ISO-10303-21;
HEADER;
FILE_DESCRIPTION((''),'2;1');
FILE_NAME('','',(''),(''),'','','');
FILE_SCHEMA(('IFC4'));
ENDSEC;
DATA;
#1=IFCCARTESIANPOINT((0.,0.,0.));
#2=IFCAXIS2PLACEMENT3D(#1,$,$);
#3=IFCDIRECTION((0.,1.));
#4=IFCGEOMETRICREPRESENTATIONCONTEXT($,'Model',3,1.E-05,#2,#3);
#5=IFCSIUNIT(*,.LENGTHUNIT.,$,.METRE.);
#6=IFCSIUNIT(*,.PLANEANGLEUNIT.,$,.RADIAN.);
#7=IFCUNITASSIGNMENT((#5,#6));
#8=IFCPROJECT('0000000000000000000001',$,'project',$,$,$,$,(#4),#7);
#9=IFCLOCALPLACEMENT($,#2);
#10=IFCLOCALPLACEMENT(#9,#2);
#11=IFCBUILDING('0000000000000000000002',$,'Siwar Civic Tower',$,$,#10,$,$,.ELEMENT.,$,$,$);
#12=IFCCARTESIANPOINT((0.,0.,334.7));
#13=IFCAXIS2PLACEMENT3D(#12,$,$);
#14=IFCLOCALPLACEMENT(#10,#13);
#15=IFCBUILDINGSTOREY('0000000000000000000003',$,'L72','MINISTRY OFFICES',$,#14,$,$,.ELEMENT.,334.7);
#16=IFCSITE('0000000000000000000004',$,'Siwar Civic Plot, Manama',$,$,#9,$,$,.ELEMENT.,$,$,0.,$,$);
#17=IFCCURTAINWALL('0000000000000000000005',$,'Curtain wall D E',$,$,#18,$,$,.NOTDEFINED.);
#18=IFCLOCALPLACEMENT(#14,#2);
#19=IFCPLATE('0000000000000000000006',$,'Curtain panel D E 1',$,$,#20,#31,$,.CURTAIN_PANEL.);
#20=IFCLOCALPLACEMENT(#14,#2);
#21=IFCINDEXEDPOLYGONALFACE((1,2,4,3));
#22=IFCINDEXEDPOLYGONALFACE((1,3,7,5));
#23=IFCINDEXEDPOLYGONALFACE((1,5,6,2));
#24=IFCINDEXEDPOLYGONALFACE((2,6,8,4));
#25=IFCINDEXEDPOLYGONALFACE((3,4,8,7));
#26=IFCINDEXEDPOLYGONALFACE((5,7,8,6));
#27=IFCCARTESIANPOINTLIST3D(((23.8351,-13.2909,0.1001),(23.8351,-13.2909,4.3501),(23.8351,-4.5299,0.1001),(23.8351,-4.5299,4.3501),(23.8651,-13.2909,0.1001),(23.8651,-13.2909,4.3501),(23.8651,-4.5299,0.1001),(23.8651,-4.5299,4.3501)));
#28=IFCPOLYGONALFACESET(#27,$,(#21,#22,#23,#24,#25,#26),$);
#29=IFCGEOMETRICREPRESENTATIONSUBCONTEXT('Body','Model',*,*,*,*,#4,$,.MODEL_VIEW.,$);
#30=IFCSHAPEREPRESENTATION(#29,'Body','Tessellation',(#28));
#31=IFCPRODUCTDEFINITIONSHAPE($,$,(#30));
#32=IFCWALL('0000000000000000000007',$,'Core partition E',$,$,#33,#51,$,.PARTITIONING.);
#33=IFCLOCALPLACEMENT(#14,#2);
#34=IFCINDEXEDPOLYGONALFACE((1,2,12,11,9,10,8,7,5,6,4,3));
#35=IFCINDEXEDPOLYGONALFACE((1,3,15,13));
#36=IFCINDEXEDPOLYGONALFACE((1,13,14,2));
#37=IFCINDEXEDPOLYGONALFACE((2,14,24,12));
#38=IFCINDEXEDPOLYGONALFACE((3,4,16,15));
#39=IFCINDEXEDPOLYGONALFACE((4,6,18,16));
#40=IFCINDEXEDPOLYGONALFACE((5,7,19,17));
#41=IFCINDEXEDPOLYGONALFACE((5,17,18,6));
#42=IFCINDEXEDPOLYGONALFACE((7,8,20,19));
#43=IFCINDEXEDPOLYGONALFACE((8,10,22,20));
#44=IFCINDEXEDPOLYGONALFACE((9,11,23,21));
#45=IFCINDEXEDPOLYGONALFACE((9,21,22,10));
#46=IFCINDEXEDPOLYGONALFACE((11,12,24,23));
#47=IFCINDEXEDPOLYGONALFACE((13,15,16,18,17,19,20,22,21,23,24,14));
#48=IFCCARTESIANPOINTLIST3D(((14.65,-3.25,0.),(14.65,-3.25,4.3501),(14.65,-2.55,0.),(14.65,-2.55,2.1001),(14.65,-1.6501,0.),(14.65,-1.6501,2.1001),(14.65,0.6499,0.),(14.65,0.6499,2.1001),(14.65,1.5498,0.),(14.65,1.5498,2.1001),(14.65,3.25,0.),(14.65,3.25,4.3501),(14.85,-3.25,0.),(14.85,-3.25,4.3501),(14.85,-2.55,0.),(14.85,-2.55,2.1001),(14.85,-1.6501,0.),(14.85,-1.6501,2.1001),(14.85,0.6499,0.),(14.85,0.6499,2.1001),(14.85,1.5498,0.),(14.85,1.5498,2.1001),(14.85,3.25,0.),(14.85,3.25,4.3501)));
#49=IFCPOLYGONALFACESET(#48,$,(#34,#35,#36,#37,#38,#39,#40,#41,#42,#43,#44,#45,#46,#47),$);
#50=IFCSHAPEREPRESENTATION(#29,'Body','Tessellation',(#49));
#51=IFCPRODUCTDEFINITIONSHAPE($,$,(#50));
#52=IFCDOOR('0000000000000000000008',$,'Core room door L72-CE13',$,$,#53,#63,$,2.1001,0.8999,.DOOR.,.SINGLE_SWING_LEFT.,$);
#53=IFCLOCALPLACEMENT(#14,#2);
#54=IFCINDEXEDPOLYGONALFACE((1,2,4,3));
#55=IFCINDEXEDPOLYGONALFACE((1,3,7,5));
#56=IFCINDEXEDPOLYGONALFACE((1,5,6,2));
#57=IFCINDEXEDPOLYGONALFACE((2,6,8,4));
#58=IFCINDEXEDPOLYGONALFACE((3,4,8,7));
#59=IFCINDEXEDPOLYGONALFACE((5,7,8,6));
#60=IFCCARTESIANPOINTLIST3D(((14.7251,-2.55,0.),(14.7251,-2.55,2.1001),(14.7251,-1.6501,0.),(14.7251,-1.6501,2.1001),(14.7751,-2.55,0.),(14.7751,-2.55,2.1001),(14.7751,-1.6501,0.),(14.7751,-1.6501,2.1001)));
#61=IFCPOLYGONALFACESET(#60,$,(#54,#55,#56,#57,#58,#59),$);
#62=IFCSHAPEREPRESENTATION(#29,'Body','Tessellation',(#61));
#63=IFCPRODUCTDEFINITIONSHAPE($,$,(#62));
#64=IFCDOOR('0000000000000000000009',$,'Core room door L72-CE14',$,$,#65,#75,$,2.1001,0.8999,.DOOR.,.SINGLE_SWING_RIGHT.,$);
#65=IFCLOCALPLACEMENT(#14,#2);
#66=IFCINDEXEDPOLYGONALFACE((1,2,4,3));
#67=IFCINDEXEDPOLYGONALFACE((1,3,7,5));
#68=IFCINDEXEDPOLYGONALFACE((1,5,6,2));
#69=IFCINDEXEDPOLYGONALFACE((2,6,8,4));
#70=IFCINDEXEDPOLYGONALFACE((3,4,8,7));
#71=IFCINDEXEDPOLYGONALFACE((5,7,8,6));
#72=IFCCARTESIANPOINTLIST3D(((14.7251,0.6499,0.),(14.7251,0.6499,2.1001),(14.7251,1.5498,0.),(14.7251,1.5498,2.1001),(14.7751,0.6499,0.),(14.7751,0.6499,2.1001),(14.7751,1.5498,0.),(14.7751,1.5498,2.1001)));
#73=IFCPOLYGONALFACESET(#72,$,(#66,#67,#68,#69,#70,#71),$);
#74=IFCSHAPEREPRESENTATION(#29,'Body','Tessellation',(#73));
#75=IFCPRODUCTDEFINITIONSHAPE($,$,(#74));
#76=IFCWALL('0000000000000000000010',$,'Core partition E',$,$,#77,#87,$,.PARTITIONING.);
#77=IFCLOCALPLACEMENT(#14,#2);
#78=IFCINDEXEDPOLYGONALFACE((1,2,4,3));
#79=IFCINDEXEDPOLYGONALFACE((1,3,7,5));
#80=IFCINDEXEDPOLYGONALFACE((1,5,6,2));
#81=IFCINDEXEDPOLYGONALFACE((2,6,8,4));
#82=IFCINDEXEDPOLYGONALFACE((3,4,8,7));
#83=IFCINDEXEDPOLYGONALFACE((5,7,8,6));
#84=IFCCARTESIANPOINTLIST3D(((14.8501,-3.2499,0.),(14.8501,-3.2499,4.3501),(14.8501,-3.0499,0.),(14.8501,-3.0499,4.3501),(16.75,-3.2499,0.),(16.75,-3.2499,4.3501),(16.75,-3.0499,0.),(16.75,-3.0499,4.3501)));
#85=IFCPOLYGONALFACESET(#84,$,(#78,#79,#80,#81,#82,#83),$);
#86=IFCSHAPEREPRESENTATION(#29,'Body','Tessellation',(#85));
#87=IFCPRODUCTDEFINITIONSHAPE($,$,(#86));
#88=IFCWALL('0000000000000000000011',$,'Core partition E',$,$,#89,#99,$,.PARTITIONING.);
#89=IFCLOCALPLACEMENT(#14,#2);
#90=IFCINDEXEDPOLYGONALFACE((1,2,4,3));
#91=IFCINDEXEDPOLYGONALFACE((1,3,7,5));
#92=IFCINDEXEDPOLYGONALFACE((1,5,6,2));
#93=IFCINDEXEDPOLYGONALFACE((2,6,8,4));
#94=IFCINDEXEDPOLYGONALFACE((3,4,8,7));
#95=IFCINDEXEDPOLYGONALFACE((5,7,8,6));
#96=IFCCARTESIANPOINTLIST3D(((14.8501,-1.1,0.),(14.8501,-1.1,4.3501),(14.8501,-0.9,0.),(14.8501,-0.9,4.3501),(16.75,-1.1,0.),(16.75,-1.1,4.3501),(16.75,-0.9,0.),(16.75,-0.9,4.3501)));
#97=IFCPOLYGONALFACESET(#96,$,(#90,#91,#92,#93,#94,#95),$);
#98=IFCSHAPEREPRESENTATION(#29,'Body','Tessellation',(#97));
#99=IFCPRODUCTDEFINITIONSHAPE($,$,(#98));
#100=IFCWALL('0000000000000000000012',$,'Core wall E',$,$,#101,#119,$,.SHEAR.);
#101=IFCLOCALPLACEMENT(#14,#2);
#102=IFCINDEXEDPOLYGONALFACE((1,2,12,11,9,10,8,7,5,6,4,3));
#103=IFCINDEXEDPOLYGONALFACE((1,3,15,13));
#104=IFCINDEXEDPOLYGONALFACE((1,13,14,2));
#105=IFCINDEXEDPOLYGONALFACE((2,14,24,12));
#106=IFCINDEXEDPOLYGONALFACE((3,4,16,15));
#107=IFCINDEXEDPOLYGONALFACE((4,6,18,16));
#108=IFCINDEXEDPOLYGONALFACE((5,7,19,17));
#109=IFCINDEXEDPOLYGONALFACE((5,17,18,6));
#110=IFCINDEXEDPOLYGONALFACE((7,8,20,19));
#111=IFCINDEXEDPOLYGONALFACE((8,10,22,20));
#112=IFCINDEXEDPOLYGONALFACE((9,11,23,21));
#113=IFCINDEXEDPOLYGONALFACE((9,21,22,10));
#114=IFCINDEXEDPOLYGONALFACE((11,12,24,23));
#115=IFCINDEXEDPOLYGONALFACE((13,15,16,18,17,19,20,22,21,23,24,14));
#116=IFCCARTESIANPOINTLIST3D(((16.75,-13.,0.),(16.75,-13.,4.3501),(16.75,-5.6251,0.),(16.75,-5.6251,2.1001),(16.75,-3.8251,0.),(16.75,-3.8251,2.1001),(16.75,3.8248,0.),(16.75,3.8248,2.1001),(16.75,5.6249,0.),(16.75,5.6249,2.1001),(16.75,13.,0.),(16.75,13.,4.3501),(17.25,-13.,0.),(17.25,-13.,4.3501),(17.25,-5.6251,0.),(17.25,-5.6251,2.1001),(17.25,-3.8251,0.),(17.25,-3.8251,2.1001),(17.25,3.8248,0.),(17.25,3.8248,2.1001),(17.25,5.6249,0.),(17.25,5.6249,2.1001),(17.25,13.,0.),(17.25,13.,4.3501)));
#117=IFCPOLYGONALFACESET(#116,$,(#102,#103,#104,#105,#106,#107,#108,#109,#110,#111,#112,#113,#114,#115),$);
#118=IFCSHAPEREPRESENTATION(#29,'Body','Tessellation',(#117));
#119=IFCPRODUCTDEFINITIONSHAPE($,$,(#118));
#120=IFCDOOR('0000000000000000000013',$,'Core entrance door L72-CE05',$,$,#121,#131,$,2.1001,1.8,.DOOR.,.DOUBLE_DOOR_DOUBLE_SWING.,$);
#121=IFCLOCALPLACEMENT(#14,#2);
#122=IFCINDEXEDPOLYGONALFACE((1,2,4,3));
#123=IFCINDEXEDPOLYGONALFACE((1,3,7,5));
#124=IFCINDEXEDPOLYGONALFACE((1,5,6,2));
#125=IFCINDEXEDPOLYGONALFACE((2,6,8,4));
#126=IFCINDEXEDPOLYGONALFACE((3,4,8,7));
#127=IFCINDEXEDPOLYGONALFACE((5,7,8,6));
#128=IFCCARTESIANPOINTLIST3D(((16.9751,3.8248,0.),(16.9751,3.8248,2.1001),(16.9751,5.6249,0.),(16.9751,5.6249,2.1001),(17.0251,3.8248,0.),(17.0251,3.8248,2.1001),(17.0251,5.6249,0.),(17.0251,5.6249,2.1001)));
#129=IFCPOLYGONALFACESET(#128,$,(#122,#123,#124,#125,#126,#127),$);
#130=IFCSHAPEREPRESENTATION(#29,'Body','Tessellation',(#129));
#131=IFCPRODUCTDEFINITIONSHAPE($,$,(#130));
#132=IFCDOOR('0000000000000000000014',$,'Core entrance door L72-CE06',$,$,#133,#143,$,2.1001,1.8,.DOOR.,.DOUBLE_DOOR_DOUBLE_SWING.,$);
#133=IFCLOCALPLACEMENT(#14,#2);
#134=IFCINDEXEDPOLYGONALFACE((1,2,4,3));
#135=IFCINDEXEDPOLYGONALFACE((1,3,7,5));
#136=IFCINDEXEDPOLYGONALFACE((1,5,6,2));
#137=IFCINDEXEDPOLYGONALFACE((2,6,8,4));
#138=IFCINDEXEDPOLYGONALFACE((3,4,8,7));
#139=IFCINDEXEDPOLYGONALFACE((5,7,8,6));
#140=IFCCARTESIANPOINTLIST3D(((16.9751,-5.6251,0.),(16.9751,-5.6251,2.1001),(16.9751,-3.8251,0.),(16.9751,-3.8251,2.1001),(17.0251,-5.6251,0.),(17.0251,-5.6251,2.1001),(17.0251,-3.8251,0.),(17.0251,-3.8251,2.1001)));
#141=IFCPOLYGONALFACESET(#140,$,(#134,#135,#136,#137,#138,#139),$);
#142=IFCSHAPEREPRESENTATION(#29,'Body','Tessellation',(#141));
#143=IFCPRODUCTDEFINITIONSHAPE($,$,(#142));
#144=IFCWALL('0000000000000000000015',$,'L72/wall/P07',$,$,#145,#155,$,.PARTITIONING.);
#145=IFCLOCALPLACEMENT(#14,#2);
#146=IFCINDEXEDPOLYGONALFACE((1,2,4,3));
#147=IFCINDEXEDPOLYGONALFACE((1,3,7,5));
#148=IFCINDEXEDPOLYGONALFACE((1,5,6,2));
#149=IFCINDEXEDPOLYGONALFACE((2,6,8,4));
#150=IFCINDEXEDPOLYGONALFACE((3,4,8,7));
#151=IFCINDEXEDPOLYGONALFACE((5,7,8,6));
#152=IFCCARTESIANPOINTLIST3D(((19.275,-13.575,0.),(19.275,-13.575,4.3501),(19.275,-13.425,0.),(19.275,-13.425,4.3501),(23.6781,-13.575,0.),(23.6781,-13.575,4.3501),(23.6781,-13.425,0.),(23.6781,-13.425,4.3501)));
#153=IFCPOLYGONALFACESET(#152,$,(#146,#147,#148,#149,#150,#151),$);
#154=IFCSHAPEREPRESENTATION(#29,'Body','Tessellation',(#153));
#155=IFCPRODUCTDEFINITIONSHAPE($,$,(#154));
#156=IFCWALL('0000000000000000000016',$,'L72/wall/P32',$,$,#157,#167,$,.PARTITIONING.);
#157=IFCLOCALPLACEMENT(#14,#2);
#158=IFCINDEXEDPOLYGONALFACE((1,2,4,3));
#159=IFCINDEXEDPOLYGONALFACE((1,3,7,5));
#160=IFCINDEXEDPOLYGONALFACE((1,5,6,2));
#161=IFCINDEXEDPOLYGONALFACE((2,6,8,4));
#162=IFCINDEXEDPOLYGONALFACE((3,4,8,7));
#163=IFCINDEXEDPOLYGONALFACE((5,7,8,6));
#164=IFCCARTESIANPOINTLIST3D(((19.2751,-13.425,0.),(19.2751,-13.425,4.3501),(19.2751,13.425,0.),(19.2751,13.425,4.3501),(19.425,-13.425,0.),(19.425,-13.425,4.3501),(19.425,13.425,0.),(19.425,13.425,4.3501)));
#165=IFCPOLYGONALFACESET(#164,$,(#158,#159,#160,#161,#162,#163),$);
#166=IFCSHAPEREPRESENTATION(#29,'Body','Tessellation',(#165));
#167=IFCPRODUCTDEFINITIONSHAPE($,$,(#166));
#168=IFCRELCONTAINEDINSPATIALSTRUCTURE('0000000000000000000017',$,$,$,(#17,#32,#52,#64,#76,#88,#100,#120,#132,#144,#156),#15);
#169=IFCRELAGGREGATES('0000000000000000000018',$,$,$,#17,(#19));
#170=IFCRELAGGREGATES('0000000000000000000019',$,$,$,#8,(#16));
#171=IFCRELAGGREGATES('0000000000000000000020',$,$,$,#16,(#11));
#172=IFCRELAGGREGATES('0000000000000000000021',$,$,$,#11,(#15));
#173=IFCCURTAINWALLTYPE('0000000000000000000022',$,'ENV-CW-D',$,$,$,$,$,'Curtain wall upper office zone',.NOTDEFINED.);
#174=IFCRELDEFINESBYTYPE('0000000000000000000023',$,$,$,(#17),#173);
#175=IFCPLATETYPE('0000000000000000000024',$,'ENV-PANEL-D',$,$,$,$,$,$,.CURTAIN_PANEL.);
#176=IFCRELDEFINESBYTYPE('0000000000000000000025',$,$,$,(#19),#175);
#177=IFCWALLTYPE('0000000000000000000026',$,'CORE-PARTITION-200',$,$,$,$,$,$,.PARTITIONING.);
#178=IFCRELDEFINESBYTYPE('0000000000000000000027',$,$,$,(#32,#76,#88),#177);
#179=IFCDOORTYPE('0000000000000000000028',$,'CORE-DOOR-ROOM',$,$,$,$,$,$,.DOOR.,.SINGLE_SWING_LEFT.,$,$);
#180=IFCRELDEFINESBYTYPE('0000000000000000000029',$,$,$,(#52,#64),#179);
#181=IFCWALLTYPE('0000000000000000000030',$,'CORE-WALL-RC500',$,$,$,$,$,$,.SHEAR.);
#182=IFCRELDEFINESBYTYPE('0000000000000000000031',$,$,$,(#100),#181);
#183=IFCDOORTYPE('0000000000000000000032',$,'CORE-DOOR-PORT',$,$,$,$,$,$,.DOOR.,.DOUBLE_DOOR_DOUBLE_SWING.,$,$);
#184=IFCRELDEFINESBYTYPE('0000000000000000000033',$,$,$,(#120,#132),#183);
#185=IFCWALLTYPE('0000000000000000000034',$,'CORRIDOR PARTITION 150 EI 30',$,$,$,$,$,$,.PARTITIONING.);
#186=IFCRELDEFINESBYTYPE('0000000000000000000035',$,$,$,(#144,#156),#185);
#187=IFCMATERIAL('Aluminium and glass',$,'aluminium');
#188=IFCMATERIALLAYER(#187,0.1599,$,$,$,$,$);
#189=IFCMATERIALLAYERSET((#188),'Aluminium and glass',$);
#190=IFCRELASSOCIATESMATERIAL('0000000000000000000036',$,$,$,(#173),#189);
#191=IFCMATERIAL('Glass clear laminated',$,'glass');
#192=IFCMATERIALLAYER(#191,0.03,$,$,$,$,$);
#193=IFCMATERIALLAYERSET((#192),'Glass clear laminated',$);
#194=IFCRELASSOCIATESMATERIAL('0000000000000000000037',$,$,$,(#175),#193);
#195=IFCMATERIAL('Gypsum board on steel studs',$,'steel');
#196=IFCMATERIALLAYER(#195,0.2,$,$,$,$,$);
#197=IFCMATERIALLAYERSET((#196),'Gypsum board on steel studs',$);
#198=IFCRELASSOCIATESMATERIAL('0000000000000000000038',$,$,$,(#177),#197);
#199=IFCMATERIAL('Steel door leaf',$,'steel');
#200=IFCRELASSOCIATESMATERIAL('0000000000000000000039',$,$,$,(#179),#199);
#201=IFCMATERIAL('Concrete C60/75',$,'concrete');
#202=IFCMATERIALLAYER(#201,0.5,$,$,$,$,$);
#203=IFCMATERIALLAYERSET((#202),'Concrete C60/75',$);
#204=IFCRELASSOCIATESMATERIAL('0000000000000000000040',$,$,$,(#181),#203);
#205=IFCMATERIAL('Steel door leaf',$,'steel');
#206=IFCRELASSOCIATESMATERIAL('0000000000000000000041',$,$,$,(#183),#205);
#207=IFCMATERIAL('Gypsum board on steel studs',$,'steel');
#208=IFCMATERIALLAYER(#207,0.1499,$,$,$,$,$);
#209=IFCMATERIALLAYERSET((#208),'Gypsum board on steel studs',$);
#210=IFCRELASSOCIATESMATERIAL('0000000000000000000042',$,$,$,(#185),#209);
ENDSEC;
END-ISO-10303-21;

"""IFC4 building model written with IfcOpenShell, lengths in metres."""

from ifc_helpers import new_model, si_unit, direction, frame, frame_2d, origin, origin_2d, place, context, subcontext, project, spatial, rectangle, extrude, material, layer, layer_set, type_object, element, fill, aggregate, save


model = new_model("IFC4")

# Units and contexts
model_context = context("Model", 3, precision=1e-05, world=origin(), true_north=direction((0.0, 1.0)))
body_context = subcontext(model_context, "Body", "Model", "MODEL_VIEW")
ifc_project = project(units=[si_unit("LENGTHUNIT", "METRE"), si_unit("PLANEANGLEUNIT", "RADIAN")], contexts=[model_context])

# Site, building, storey
site_placement = place(None, origin())
site = spatial("IfcSite", under=ifc_project, at=site_placement, Name="Siwar Civic Plot, Manama", CompositionType="ELEMENT", RefElevation=0.0)
building_placement = place(site_placement, origin())
building = spatial("IfcBuilding", under=site, at=building_placement, Name="Siwar Civic Tower", CompositionType="ELEMENT")
storey_placement = place(building_placement, frame((0.0, 0.0, 334.7)))
storey = spatial("IfcBuildingStorey", under=building, at=storey_placement, Name="L72", Description="MINISTRY OFFICES", CompositionType="ELEMENT", Elevation=334.7)

# Curtain wall
ifc_material_1 = material(Name="Aluminium and glass", Category="aluminium")
ifc_layer_1 = layer(ifc_material_1, 0.1599)
ifc_layer_set_1 = layer_set([ifc_layer_1], Name="Aluminium and glass")
curtain_wall_type = type_object("IfcCurtainWallType", Name="ENV-CW-D", ElementType="Curtain wall upper office zone", PredefinedType="NOTDEFINED", material=ifc_layer_set_1)
curtain_wall_placement = place(storey_placement, origin())
curtain_wall = element("IfcCurtainWall", 1, at=curtain_wall_placement, inside=storey, type_object=curtain_wall_type, Name="Curtain wall D E", PredefinedType="NOTDEFINED")

# Plate
ifc_material_2 = material(Name="Glass clear laminated", Category="glass")
ifc_layer_2 = layer(ifc_material_2, 0.03)
ifc_layer_set_2 = layer_set([ifc_layer_2], Name="Glass clear laminated")
plate_type = type_object("IfcPlateType", Name="ENV-PANEL-D", PredefinedType="CURTAIN_PANEL", material=ifc_layer_set_2)
plate_placement = place(storey_placement, frame((23.8501, -8.9104, 0.1001), z_axis=(0.0, 0.0, 1.0), x_axis=(0.0, 1.0, 0.0)))
plate = element("IfcPlate", 2, at=plate_placement, type_object=plate_type, Name="Curtain panel D E 1", PredefinedType="CURTAIN_PANEL", context=body_context, shape_type="SweptSolid", body=[
    extrude(rectangle(XDim=8.761, YDim=0.03, at=origin_2d()), origin(), (0.0, 0.0, 1.0), 4.25),
])
aggregate(curtain_wall, [plate])

# Wall, openings, doors
ifc_material_3 = material(Name="Gypsum board on steel studs", Category="steel")
ifc_layer_3 = layer(ifc_material_3, 0.2)
ifc_layer_set_3 = layer_set([ifc_layer_3], Name="Gypsum board on steel studs")
wall_type_1 = type_object("IfcWallType", Name="CORE-PARTITION-200", PredefinedType="PARTITIONING", material=ifc_layer_set_3)
wall_1_placement = place(storey_placement, frame((14.75, -3.25, 0.0), z_axis=(0.0, 0.0, 1.0), x_axis=(0.0, 1.0, 0.0)))
wall_1 = element("IfcWall", 3, at=wall_1_placement, inside=storey, type_object=wall_type_1, Name="Core partition E", PredefinedType="PARTITIONING", context=body_context, shape_type="SweptSolid", body=[
    extrude(rectangle(XDim=6.5, YDim=0.2, at=frame_2d((3.25, 0.0))), origin(), (0.0, 0.0, 1.0), 4.3501),
])
opening_1_placement = place(wall_1_placement, frame((0.7, 0.0, 0.0)))
opening_1 = element("IfcOpeningElement", 4, at=opening_1_placement, cuts=wall_1, PredefinedType="OPENING", context=body_context, shape_type="SweptSolid", body=[
    extrude(rectangle(XDim=0.8999, YDim=2.1001, at=frame_2d((0.45, 1.05))), frame((0.0, 0.1099, 0.0), z_axis=(0.0, -1.0, 0.0), x_axis=(1.0, 0.0, 0.0)), (0.0, 0.0, 1.0), 0.22),
])
opening_2_placement = place(wall_1_placement, frame((3.8999, 0.0, 0.0)))
opening_2 = element("IfcOpeningElement", 5, at=opening_2_placement, cuts=wall_1, PredefinedType="OPENING", context=body_context, shape_type="SweptSolid", body=[
    extrude(rectangle(XDim=0.8999, YDim=2.1001, at=frame_2d((0.45, 1.05))), frame((0.0, 0.1099, 0.0), z_axis=(0.0, -1.0, 0.0), x_axis=(1.0, 0.0, 0.0)), (0.0, 0.0, 1.0), 0.22),
])
ifc_material_4 = material(Name="Steel door leaf", Category="steel")
door_type_1 = type_object("IfcDoorType", Name="CORE-DOOR-ROOM", OperationType="SINGLE_SWING_LEFT", PredefinedType="DOOR", material=ifc_material_4)
door_1_placement = place(opening_1_placement, origin())
door_1 = element("IfcDoor", 6, at=door_1_placement, inside=storey, type_object=door_type_1, Name="Core room door L72-CE13", OperationType="SINGLE_SWING_LEFT", OverallHeight=2.1001, OverallWidth=0.8999, PredefinedType="DOOR", context=body_context, shape_type="SweptSolid", body=[
    extrude(rectangle(XDim=0.8999, YDim=2.1001, at=frame_2d((0.45, 1.05))), frame((0.0, 0.0249, 0.0), z_axis=(0.0, -1.0, 0.0), x_axis=(1.0, 0.0, 0.0)), (0.0, 0.0, 1.0), 0.05),
])
fill(opening_1, door_1)
door_2_placement = place(opening_2_placement, origin())
door_2 = element("IfcDoor", 7, at=door_2_placement, inside=storey, type_object=door_type_1, Name="Core room door L72-CE14", OperationType="SINGLE_SWING_RIGHT", OverallHeight=2.1001, OverallWidth=0.8999, PredefinedType="DOOR", context=body_context, shape_type="SweptSolid", body=[
    extrude(rectangle(XDim=0.8999, YDim=2.1001, at=frame_2d((0.45, 1.05))), frame((0.0, 0.0249, 0.0), z_axis=(0.0, -1.0, 0.0), x_axis=(1.0, 0.0, 0.0)), (0.0, 0.0, 1.0), 0.05),
])
fill(opening_2, door_2)

# Walls
for number, where, z_axis, x_axis, name in (
    (8, (14.8501, -3.1499, 0.0), (0.0, 0.0, 1.0), (1.0, 0.0, 0.0), "Core partition E"),
    (9, (14.8501, -1.0, 0.0), (0.0, 0.0, 1.0), (1.0, 0.0, 0.0), "Core partition E"),
):
    element("IfcWall", number, at=place(storey_placement, frame(where, z_axis=z_axis, x_axis=x_axis)), inside=storey, type_object=wall_type_1, Name=name, PredefinedType="PARTITIONING", context=body_context, shape_type="SweptSolid", body=[
        extrude(rectangle(XDim=1.8999, YDim=0.2, at=frame_2d((0.95, 0.0))), origin(), (0.0, 0.0, 1.0), 4.3501),
    ])

# Wall, openings, doors
ifc_material_5 = material(Name="Concrete C60/75", Category="concrete")
ifc_layer_4 = layer(ifc_material_5, 0.5)
ifc_layer_set_4 = layer_set([ifc_layer_4], Name="Concrete C60/75")
wall_type_2 = type_object("IfcWallType", Name="CORE-WALL-RC500", PredefinedType="SHEAR", material=ifc_layer_set_4)
wall_2_placement = place(storey_placement, frame((17.0, -13.0, 0.0), z_axis=(0.0, 0.0, 1.0), x_axis=(0.0, 1.0, 0.0)))
wall_2 = element("IfcWall", 10, at=wall_2_placement, inside=storey, type_object=wall_type_2, Name="Core wall E", PredefinedType="SHEAR", context=body_context, shape_type="SweptSolid", body=[
    extrude(rectangle(XDim=26.0, YDim=0.5, at=frame_2d((13.0, 0.0))), origin(), (0.0, 0.0, 1.0), 4.3501),
])
opening_3_placement = place(wall_2_placement, frame((16.825, 0.0, 0.0)))
opening_3 = element("IfcOpeningElement", 11, at=opening_3_placement, cuts=wall_2, PredefinedType="OPENING", context=body_context, shape_type="SweptSolid", body=[
    extrude(rectangle(XDim=1.8, YDim=2.1001, at=frame_2d((0.8999, 1.05))), frame((0.0, 0.26, 0.0), z_axis=(0.0, -1.0, 0.0), x_axis=(1.0, 0.0, 0.0)), (0.0, 0.0, 1.0), 0.52),
])
opening_4_placement = place(wall_2_placement, frame((7.375, 0.0, 0.0)))
opening_4 = element("IfcOpeningElement", 12, at=opening_4_placement, cuts=wall_2, PredefinedType="OPENING", context=body_context, shape_type="SweptSolid", body=[
    extrude(rectangle(XDim=1.8, YDim=2.1001, at=frame_2d((0.8999, 1.05))), frame((0.0, 0.26, 0.0), z_axis=(0.0, -1.0, 0.0), x_axis=(1.0, 0.0, 0.0)), (0.0, 0.0, 1.0), 0.52),
])
ifc_material_6 = material(Name="Steel door leaf", Category="steel")
door_type_2 = type_object("IfcDoorType", Name="CORE-DOOR-PORT", OperationType="DOUBLE_DOOR_DOUBLE_SWING", PredefinedType="DOOR", material=ifc_material_6)
door_3_placement = place(opening_3_placement, origin())
door_3 = element("IfcDoor", 13, at=door_3_placement, inside=storey, type_object=door_type_2, Name="Core entrance door L72-CE05", OperationType="DOUBLE_DOOR_DOUBLE_SWING", OverallHeight=2.1001, OverallWidth=1.8, PredefinedType="DOOR", context=body_context, shape_type="SweptSolid", body=[
    extrude(rectangle(XDim=1.8, YDim=2.1001, at=frame_2d((0.8999, 1.05))), frame((0.0, 0.0249, 0.0), z_axis=(0.0, -1.0, 0.0), x_axis=(1.0, 0.0, 0.0)), (0.0, 0.0, 1.0), 0.05),
])
fill(opening_3, door_3)
door_4_placement = place(opening_4_placement, origin())
door_4 = element("IfcDoor", 14, at=door_4_placement, inside=storey, type_object=door_type_2, Name="Core entrance door L72-CE06", OperationType="DOUBLE_DOOR_DOUBLE_SWING", OverallHeight=2.1001, OverallWidth=1.8, PredefinedType="DOOR", context=body_context, shape_type="SweptSolid", body=[
    extrude(rectangle(XDim=1.8, YDim=2.1001, at=frame_2d((0.8999, 1.05))), frame((0.0, 0.0249, 0.0), z_axis=(0.0, -1.0, 0.0), x_axis=(1.0, 0.0, 0.0)), (0.0, 0.0, 1.0), 0.05),
])
fill(opening_4, door_4)

# Walls
ifc_material_7 = material(Name="Gypsum board on steel studs", Category="steel")
ifc_layer_5 = layer(ifc_material_7, 0.1499)
ifc_layer_set_5 = layer_set([ifc_layer_5], Name="Gypsum board on steel studs")
wall_type_3 = type_object("IfcWallType", Name="CORRIDOR PARTITION 150 EI 30", PredefinedType="PARTITIONING", material=ifc_layer_set_5)
wall_3_placement = place(storey_placement, frame((19.2749, -13.5, 0.0), z_axis=(0.0, 0.0, 1.0), x_axis=(1.0, 0.0, 0.0)))
element("IfcWall", 15, at=wall_3_placement, inside=storey, type_object=wall_type_3, Name="L72/wall/P07", PredefinedType="PARTITIONING", context=body_context, shape_type="SweptSolid", body=[
    extrude(rectangle(XDim=4.4031, YDim=0.1499, at=frame_2d((2.2017, 0.0))), origin(), (0.0, 0.0, 1.0), 4.3501),
])
wall_4_placement = place(storey_placement, frame((19.3501, -13.425, 0.0), z_axis=(0.0, 0.0, 1.0), x_axis=(0.0, 1.0, 0.0)))
element("IfcWall", 16, at=wall_4_placement, inside=storey, type_object=wall_type_3, Name="L72/wall/P32", PredefinedType="PARTITIONING", context=body_context, shape_type="SweptSolid", body=[
    extrude(rectangle(XDim=26.8501, YDim=0.1499, at=frame_2d((13.425, 0.0))), origin(), (0.0, 0.0, 1.0), 4.3501),
])

save(model, "model.ifc")
